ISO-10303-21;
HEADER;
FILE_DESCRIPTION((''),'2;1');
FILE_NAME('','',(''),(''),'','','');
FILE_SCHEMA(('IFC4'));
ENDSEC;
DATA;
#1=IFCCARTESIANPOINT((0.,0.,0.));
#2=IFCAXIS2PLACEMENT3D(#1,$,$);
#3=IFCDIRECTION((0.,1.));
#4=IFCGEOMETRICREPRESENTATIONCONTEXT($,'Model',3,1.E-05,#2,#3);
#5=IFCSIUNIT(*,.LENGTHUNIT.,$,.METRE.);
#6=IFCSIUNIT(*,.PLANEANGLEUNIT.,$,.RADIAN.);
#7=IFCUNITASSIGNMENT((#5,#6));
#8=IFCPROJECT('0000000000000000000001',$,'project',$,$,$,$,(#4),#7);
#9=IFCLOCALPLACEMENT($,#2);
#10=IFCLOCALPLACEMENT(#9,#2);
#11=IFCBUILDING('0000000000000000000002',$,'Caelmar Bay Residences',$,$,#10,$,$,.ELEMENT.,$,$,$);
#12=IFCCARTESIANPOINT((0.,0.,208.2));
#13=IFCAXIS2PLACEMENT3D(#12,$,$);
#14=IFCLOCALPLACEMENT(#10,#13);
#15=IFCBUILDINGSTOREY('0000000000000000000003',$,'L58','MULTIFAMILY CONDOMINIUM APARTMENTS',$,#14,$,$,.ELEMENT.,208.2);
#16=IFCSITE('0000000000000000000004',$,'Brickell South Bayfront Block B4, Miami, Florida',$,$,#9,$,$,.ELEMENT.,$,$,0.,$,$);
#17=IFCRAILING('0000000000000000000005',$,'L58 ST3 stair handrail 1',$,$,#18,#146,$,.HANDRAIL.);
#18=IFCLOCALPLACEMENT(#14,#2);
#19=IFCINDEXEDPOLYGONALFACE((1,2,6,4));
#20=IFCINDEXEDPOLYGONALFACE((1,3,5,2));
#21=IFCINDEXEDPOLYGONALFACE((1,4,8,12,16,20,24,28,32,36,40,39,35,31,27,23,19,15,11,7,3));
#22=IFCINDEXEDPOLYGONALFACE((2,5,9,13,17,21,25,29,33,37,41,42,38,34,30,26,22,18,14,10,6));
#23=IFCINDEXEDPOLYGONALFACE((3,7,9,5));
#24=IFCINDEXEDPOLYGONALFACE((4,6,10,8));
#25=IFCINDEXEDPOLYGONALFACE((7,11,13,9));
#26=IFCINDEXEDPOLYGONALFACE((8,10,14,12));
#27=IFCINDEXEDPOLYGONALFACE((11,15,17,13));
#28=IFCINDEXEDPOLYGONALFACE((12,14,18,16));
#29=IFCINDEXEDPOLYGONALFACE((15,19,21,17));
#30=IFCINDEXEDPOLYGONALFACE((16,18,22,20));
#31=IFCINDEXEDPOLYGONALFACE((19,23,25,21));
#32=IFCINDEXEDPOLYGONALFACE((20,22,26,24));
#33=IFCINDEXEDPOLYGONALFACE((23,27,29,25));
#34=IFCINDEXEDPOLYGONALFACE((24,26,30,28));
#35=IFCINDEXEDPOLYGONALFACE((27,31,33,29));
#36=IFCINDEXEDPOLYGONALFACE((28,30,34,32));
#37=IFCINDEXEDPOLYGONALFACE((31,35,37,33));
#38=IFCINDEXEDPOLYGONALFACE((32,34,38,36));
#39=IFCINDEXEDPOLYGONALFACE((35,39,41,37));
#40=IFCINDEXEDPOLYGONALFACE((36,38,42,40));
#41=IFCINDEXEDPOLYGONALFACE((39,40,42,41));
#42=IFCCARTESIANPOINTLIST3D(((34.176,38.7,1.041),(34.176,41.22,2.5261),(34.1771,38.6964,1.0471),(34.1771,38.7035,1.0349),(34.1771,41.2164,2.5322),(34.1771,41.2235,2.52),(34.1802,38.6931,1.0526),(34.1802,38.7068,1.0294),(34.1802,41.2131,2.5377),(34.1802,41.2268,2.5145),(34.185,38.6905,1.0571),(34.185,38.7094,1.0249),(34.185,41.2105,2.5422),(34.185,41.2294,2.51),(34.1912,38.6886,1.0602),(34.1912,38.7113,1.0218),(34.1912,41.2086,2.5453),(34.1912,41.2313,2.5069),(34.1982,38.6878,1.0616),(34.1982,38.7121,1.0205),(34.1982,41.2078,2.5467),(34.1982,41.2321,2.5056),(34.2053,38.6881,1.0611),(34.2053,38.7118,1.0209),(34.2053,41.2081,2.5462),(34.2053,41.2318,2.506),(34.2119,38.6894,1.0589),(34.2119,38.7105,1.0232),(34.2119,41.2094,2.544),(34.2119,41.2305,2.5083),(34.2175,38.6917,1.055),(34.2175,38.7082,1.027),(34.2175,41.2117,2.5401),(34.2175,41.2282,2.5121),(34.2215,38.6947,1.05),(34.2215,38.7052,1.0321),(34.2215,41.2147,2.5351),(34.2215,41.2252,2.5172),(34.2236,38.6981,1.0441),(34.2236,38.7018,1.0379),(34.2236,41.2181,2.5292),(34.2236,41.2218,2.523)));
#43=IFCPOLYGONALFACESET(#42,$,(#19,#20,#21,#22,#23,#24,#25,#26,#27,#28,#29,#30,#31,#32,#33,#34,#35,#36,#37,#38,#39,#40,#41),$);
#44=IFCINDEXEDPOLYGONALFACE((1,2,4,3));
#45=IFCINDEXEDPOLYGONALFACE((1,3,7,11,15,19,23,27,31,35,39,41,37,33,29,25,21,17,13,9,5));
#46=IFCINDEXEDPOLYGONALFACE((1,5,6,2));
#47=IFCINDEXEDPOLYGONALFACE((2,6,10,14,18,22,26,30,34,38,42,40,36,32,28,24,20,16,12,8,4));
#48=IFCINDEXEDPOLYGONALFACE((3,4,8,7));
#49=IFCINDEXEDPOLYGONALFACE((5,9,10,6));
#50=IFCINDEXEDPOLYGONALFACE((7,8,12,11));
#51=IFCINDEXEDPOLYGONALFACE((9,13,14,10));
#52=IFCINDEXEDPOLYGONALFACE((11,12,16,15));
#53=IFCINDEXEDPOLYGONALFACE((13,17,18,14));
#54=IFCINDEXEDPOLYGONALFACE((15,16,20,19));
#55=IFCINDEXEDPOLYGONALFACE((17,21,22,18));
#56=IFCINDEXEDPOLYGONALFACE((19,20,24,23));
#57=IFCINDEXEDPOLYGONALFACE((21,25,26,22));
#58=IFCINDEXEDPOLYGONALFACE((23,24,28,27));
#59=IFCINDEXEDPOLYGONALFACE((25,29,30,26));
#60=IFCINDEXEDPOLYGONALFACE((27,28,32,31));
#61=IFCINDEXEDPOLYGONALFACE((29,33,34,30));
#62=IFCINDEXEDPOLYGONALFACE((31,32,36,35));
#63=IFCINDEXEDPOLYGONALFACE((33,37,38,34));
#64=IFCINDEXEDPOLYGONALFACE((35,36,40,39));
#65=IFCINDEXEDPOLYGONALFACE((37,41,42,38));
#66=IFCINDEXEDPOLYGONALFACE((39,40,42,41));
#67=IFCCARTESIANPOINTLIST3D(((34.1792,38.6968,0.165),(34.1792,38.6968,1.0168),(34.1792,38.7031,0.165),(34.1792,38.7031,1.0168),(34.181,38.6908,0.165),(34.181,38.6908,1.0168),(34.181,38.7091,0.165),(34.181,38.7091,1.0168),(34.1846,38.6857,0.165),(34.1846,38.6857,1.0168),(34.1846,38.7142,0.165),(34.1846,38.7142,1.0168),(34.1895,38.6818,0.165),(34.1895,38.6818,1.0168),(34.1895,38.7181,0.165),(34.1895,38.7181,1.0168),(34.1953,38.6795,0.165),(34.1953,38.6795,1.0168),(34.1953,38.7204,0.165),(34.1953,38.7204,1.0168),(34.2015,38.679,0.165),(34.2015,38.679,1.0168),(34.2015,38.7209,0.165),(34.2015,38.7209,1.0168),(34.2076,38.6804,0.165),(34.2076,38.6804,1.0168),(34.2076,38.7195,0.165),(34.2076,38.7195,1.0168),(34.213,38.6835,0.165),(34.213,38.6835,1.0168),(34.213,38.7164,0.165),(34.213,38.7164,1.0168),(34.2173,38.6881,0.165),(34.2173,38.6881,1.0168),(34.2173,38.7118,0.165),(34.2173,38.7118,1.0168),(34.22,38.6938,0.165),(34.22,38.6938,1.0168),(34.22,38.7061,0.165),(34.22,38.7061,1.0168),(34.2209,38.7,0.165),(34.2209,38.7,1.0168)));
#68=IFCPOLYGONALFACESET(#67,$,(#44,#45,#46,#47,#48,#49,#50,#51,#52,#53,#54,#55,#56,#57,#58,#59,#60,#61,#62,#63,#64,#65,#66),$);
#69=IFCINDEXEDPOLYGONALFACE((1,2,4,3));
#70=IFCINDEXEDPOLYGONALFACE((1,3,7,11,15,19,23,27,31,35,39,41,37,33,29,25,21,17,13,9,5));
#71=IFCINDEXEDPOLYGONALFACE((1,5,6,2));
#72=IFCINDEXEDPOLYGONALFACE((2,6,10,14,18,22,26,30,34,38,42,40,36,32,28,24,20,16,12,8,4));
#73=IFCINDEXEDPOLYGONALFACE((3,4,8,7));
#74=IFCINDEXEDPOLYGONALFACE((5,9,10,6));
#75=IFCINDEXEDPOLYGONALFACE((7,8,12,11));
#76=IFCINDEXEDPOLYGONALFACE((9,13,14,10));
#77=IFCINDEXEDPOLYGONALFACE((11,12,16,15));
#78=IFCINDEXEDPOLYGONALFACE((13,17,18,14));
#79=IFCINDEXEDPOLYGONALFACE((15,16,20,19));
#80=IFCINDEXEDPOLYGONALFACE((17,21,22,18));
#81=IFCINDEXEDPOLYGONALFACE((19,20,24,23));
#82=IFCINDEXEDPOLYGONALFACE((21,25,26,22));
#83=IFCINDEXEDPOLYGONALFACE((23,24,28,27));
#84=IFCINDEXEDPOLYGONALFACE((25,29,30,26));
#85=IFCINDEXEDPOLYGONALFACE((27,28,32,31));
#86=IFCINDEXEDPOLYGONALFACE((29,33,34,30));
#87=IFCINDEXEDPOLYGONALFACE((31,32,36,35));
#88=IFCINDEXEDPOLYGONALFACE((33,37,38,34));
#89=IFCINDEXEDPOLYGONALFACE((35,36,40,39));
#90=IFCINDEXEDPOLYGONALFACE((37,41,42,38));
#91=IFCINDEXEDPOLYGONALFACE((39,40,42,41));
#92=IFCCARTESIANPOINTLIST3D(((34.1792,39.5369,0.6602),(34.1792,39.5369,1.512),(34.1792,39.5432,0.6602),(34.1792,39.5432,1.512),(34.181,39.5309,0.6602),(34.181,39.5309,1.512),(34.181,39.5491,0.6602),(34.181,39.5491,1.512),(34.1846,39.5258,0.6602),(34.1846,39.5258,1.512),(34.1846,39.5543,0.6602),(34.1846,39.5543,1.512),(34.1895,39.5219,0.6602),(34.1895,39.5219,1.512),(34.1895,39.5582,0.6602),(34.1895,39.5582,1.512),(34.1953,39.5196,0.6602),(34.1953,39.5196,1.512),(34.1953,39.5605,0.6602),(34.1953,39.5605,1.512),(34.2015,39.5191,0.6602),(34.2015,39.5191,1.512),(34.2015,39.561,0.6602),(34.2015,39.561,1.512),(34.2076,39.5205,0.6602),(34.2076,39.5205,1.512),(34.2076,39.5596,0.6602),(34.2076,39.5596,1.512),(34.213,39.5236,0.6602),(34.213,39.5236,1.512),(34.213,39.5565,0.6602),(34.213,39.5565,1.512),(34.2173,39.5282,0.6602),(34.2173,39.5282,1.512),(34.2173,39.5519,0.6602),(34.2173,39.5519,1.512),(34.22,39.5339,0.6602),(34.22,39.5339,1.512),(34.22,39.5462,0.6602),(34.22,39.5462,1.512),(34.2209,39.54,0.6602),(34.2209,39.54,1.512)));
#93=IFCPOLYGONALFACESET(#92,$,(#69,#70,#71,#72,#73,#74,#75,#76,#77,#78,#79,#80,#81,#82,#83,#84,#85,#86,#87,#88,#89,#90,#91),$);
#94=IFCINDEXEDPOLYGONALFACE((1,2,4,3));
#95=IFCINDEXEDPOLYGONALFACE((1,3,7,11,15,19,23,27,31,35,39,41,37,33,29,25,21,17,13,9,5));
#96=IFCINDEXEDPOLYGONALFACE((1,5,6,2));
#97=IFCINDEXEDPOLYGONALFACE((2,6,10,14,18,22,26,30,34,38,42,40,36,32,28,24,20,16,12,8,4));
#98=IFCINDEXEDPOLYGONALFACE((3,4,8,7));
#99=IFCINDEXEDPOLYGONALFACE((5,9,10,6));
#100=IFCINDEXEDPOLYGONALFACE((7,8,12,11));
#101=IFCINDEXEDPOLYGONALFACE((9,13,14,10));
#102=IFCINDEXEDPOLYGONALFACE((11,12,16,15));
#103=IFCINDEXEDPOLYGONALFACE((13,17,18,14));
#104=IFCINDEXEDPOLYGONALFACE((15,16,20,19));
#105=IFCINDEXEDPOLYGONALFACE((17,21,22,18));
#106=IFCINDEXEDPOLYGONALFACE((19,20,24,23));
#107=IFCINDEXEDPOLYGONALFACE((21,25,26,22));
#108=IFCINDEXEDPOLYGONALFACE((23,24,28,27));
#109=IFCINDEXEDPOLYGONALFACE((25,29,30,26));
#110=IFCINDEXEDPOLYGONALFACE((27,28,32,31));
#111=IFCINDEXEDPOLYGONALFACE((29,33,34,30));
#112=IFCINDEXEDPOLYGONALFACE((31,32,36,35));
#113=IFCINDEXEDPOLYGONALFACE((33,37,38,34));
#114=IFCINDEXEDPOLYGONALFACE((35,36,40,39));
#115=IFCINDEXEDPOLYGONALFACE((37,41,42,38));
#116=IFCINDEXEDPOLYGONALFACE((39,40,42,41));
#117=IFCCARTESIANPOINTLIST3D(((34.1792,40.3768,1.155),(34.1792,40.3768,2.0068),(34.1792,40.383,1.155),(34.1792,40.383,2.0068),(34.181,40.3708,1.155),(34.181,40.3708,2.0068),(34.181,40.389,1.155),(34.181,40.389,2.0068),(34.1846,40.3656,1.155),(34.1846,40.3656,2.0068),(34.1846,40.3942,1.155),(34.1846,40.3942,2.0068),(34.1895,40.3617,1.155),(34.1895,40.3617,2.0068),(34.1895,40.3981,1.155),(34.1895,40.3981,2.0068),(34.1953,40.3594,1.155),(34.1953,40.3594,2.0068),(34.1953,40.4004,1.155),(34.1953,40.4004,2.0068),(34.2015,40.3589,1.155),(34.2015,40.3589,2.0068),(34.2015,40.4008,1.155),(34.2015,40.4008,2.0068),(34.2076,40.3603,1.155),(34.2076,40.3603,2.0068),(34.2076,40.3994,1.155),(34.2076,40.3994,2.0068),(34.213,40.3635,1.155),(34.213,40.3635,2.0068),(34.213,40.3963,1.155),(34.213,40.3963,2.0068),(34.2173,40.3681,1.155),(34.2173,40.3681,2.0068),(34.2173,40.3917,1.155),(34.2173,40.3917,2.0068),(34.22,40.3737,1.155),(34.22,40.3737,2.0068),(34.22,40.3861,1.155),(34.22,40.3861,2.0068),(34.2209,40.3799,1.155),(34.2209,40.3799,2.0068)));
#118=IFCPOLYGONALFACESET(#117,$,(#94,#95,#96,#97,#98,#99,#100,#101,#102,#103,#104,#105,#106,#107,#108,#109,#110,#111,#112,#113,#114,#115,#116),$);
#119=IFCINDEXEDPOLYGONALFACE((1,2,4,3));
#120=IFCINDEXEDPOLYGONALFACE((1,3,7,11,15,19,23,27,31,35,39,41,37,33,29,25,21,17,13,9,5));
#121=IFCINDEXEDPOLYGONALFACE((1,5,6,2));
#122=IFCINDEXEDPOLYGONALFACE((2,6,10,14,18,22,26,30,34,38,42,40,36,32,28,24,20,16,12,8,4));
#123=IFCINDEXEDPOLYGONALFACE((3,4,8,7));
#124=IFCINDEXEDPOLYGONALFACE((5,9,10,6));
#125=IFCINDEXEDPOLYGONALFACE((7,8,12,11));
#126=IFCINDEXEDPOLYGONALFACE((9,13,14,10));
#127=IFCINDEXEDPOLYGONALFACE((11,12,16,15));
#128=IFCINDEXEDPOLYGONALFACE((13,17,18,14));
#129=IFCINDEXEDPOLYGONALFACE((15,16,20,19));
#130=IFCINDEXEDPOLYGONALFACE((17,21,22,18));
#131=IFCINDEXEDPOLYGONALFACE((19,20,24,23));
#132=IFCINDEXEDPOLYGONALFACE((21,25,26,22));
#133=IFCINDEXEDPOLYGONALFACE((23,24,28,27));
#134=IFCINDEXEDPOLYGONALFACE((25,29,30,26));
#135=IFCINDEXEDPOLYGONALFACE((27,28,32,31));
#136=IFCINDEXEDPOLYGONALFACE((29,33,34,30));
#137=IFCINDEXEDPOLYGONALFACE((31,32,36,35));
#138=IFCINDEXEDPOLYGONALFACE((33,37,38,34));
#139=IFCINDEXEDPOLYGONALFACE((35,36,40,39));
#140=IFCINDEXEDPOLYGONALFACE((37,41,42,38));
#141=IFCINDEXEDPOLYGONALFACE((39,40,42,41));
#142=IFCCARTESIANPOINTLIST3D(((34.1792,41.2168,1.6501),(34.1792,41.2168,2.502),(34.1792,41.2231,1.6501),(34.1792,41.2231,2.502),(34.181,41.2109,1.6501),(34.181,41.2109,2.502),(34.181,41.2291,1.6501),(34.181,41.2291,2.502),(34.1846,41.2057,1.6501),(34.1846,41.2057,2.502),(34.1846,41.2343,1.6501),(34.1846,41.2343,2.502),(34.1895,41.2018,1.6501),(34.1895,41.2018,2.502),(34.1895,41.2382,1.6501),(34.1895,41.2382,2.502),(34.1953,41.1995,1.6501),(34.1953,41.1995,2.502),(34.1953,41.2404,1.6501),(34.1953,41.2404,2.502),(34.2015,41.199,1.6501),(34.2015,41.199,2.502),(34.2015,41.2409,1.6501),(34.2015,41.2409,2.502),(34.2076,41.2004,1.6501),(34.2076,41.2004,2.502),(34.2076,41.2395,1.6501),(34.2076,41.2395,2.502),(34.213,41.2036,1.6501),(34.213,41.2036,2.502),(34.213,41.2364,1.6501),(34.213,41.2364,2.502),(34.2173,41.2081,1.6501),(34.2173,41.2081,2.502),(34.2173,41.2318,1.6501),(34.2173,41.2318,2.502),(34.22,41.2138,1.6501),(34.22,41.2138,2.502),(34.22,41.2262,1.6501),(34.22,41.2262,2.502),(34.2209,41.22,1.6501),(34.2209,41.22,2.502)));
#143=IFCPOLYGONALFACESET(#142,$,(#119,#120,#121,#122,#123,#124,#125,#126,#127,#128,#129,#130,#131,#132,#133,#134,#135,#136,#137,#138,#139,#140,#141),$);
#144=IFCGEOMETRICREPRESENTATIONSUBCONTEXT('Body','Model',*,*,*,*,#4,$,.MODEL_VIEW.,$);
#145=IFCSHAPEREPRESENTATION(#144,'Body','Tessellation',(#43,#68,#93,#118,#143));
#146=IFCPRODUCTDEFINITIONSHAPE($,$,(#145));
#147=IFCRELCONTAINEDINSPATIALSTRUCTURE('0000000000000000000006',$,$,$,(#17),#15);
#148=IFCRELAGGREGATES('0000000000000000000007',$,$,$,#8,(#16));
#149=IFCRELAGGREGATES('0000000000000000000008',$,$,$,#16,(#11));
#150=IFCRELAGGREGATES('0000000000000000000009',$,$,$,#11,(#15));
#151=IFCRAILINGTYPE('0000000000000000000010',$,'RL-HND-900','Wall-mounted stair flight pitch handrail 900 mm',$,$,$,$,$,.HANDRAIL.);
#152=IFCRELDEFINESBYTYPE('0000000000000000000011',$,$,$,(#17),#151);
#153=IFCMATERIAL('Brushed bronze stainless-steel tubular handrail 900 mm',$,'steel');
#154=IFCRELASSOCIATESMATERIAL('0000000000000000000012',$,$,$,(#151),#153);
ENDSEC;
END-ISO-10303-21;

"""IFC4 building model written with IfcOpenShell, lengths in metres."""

from ifc_helpers import new_model, si_unit, direction, frame, origin, origin_2d, place, context, subcontext, project, spatial, circle, extrude, material, type_object, element, save


model = new_model("IFC4")

# Units and contexts
model_context = context("Model", 3, precision=1e-05, world=origin(), true_north=direction((0.0, 1.0)))
body_context = subcontext(model_context, "Body", "Model", "MODEL_VIEW")
ifc_project = project(units=[si_unit("LENGTHUNIT", "METRE"), si_unit("PLANEANGLEUNIT", "RADIAN")], contexts=[model_context])

# Site, building, storey
site_placement = place(None, origin())
site = spatial("IfcSite", under=ifc_project, at=site_placement, Name="Brickell South Bayfront Block B4, Miami, Florida", CompositionType="ELEMENT", RefElevation=0.0)
building_placement = place(site_placement, origin())
building = spatial("IfcBuilding", under=site, at=building_placement, Name="Caelmar Bay Residences", CompositionType="ELEMENT")
storey_placement = place(building_placement, frame((0.0, 0.0, 208.2)))
storey = spatial("IfcBuildingStorey", under=building, at=storey_placement, Name="L58", Description="MULTIFAMILY CONDOMINIUM APARTMENTS", CompositionType="ELEMENT", Elevation=208.2)

# Railing
ifc_material_1 = material(Name="Brushed bronze stainless-steel tubular handrail 900 mm", Category="steel")
railing_type_1 = type_object("IfcRailingType", Name="RL-HND-900", Description="Wall-mounted stair flight pitch handrail 900 mm", PredefinedType="HANDRAIL", material=ifc_material_1)
railing_1_placement = place(storey_placement, frame((34.2, 38.7, 0.165)))
element("IfcRailing", 1, at=railing_1_placement, inside=storey, type_object=railing_type_1, Name="L58 ST3 stair handrail 1", PredefinedType="HANDRAIL", context=body_context, shape_type="SweptSolid", body=[
    extrude(circle(Radius=0.0239, at=origin_2d()), frame((0.0, 0.0, 0.876), z_axis=(0.0, 0.861524, 0.507717), x_axis=(-1.0, 0.0, 0.0)), (0.0, 0.0, 1.0), 2.925),
    extrude(circle(Radius=0.021, at=origin_2d()), origin(), (0.0, 0.0, 1.0), 0.8518),
    extrude(circle(Radius=0.021, at=origin_2d()), frame((0.0, 0.8401, 0.4951)), (0.0, 0.0, 1.0), 0.8518),
    extrude(circle(Radius=0.021, at=origin_2d()), frame((0.0, 1.6799, 0.99)), (0.0, 0.0, 1.0), 0.8518),
    extrude(circle(Radius=0.021, at=origin_2d()), frame((0.0, 2.52, 1.4851)), (0.0, 0.0, 1.0), 0.8518),
])

save(model, "model.ifc")
